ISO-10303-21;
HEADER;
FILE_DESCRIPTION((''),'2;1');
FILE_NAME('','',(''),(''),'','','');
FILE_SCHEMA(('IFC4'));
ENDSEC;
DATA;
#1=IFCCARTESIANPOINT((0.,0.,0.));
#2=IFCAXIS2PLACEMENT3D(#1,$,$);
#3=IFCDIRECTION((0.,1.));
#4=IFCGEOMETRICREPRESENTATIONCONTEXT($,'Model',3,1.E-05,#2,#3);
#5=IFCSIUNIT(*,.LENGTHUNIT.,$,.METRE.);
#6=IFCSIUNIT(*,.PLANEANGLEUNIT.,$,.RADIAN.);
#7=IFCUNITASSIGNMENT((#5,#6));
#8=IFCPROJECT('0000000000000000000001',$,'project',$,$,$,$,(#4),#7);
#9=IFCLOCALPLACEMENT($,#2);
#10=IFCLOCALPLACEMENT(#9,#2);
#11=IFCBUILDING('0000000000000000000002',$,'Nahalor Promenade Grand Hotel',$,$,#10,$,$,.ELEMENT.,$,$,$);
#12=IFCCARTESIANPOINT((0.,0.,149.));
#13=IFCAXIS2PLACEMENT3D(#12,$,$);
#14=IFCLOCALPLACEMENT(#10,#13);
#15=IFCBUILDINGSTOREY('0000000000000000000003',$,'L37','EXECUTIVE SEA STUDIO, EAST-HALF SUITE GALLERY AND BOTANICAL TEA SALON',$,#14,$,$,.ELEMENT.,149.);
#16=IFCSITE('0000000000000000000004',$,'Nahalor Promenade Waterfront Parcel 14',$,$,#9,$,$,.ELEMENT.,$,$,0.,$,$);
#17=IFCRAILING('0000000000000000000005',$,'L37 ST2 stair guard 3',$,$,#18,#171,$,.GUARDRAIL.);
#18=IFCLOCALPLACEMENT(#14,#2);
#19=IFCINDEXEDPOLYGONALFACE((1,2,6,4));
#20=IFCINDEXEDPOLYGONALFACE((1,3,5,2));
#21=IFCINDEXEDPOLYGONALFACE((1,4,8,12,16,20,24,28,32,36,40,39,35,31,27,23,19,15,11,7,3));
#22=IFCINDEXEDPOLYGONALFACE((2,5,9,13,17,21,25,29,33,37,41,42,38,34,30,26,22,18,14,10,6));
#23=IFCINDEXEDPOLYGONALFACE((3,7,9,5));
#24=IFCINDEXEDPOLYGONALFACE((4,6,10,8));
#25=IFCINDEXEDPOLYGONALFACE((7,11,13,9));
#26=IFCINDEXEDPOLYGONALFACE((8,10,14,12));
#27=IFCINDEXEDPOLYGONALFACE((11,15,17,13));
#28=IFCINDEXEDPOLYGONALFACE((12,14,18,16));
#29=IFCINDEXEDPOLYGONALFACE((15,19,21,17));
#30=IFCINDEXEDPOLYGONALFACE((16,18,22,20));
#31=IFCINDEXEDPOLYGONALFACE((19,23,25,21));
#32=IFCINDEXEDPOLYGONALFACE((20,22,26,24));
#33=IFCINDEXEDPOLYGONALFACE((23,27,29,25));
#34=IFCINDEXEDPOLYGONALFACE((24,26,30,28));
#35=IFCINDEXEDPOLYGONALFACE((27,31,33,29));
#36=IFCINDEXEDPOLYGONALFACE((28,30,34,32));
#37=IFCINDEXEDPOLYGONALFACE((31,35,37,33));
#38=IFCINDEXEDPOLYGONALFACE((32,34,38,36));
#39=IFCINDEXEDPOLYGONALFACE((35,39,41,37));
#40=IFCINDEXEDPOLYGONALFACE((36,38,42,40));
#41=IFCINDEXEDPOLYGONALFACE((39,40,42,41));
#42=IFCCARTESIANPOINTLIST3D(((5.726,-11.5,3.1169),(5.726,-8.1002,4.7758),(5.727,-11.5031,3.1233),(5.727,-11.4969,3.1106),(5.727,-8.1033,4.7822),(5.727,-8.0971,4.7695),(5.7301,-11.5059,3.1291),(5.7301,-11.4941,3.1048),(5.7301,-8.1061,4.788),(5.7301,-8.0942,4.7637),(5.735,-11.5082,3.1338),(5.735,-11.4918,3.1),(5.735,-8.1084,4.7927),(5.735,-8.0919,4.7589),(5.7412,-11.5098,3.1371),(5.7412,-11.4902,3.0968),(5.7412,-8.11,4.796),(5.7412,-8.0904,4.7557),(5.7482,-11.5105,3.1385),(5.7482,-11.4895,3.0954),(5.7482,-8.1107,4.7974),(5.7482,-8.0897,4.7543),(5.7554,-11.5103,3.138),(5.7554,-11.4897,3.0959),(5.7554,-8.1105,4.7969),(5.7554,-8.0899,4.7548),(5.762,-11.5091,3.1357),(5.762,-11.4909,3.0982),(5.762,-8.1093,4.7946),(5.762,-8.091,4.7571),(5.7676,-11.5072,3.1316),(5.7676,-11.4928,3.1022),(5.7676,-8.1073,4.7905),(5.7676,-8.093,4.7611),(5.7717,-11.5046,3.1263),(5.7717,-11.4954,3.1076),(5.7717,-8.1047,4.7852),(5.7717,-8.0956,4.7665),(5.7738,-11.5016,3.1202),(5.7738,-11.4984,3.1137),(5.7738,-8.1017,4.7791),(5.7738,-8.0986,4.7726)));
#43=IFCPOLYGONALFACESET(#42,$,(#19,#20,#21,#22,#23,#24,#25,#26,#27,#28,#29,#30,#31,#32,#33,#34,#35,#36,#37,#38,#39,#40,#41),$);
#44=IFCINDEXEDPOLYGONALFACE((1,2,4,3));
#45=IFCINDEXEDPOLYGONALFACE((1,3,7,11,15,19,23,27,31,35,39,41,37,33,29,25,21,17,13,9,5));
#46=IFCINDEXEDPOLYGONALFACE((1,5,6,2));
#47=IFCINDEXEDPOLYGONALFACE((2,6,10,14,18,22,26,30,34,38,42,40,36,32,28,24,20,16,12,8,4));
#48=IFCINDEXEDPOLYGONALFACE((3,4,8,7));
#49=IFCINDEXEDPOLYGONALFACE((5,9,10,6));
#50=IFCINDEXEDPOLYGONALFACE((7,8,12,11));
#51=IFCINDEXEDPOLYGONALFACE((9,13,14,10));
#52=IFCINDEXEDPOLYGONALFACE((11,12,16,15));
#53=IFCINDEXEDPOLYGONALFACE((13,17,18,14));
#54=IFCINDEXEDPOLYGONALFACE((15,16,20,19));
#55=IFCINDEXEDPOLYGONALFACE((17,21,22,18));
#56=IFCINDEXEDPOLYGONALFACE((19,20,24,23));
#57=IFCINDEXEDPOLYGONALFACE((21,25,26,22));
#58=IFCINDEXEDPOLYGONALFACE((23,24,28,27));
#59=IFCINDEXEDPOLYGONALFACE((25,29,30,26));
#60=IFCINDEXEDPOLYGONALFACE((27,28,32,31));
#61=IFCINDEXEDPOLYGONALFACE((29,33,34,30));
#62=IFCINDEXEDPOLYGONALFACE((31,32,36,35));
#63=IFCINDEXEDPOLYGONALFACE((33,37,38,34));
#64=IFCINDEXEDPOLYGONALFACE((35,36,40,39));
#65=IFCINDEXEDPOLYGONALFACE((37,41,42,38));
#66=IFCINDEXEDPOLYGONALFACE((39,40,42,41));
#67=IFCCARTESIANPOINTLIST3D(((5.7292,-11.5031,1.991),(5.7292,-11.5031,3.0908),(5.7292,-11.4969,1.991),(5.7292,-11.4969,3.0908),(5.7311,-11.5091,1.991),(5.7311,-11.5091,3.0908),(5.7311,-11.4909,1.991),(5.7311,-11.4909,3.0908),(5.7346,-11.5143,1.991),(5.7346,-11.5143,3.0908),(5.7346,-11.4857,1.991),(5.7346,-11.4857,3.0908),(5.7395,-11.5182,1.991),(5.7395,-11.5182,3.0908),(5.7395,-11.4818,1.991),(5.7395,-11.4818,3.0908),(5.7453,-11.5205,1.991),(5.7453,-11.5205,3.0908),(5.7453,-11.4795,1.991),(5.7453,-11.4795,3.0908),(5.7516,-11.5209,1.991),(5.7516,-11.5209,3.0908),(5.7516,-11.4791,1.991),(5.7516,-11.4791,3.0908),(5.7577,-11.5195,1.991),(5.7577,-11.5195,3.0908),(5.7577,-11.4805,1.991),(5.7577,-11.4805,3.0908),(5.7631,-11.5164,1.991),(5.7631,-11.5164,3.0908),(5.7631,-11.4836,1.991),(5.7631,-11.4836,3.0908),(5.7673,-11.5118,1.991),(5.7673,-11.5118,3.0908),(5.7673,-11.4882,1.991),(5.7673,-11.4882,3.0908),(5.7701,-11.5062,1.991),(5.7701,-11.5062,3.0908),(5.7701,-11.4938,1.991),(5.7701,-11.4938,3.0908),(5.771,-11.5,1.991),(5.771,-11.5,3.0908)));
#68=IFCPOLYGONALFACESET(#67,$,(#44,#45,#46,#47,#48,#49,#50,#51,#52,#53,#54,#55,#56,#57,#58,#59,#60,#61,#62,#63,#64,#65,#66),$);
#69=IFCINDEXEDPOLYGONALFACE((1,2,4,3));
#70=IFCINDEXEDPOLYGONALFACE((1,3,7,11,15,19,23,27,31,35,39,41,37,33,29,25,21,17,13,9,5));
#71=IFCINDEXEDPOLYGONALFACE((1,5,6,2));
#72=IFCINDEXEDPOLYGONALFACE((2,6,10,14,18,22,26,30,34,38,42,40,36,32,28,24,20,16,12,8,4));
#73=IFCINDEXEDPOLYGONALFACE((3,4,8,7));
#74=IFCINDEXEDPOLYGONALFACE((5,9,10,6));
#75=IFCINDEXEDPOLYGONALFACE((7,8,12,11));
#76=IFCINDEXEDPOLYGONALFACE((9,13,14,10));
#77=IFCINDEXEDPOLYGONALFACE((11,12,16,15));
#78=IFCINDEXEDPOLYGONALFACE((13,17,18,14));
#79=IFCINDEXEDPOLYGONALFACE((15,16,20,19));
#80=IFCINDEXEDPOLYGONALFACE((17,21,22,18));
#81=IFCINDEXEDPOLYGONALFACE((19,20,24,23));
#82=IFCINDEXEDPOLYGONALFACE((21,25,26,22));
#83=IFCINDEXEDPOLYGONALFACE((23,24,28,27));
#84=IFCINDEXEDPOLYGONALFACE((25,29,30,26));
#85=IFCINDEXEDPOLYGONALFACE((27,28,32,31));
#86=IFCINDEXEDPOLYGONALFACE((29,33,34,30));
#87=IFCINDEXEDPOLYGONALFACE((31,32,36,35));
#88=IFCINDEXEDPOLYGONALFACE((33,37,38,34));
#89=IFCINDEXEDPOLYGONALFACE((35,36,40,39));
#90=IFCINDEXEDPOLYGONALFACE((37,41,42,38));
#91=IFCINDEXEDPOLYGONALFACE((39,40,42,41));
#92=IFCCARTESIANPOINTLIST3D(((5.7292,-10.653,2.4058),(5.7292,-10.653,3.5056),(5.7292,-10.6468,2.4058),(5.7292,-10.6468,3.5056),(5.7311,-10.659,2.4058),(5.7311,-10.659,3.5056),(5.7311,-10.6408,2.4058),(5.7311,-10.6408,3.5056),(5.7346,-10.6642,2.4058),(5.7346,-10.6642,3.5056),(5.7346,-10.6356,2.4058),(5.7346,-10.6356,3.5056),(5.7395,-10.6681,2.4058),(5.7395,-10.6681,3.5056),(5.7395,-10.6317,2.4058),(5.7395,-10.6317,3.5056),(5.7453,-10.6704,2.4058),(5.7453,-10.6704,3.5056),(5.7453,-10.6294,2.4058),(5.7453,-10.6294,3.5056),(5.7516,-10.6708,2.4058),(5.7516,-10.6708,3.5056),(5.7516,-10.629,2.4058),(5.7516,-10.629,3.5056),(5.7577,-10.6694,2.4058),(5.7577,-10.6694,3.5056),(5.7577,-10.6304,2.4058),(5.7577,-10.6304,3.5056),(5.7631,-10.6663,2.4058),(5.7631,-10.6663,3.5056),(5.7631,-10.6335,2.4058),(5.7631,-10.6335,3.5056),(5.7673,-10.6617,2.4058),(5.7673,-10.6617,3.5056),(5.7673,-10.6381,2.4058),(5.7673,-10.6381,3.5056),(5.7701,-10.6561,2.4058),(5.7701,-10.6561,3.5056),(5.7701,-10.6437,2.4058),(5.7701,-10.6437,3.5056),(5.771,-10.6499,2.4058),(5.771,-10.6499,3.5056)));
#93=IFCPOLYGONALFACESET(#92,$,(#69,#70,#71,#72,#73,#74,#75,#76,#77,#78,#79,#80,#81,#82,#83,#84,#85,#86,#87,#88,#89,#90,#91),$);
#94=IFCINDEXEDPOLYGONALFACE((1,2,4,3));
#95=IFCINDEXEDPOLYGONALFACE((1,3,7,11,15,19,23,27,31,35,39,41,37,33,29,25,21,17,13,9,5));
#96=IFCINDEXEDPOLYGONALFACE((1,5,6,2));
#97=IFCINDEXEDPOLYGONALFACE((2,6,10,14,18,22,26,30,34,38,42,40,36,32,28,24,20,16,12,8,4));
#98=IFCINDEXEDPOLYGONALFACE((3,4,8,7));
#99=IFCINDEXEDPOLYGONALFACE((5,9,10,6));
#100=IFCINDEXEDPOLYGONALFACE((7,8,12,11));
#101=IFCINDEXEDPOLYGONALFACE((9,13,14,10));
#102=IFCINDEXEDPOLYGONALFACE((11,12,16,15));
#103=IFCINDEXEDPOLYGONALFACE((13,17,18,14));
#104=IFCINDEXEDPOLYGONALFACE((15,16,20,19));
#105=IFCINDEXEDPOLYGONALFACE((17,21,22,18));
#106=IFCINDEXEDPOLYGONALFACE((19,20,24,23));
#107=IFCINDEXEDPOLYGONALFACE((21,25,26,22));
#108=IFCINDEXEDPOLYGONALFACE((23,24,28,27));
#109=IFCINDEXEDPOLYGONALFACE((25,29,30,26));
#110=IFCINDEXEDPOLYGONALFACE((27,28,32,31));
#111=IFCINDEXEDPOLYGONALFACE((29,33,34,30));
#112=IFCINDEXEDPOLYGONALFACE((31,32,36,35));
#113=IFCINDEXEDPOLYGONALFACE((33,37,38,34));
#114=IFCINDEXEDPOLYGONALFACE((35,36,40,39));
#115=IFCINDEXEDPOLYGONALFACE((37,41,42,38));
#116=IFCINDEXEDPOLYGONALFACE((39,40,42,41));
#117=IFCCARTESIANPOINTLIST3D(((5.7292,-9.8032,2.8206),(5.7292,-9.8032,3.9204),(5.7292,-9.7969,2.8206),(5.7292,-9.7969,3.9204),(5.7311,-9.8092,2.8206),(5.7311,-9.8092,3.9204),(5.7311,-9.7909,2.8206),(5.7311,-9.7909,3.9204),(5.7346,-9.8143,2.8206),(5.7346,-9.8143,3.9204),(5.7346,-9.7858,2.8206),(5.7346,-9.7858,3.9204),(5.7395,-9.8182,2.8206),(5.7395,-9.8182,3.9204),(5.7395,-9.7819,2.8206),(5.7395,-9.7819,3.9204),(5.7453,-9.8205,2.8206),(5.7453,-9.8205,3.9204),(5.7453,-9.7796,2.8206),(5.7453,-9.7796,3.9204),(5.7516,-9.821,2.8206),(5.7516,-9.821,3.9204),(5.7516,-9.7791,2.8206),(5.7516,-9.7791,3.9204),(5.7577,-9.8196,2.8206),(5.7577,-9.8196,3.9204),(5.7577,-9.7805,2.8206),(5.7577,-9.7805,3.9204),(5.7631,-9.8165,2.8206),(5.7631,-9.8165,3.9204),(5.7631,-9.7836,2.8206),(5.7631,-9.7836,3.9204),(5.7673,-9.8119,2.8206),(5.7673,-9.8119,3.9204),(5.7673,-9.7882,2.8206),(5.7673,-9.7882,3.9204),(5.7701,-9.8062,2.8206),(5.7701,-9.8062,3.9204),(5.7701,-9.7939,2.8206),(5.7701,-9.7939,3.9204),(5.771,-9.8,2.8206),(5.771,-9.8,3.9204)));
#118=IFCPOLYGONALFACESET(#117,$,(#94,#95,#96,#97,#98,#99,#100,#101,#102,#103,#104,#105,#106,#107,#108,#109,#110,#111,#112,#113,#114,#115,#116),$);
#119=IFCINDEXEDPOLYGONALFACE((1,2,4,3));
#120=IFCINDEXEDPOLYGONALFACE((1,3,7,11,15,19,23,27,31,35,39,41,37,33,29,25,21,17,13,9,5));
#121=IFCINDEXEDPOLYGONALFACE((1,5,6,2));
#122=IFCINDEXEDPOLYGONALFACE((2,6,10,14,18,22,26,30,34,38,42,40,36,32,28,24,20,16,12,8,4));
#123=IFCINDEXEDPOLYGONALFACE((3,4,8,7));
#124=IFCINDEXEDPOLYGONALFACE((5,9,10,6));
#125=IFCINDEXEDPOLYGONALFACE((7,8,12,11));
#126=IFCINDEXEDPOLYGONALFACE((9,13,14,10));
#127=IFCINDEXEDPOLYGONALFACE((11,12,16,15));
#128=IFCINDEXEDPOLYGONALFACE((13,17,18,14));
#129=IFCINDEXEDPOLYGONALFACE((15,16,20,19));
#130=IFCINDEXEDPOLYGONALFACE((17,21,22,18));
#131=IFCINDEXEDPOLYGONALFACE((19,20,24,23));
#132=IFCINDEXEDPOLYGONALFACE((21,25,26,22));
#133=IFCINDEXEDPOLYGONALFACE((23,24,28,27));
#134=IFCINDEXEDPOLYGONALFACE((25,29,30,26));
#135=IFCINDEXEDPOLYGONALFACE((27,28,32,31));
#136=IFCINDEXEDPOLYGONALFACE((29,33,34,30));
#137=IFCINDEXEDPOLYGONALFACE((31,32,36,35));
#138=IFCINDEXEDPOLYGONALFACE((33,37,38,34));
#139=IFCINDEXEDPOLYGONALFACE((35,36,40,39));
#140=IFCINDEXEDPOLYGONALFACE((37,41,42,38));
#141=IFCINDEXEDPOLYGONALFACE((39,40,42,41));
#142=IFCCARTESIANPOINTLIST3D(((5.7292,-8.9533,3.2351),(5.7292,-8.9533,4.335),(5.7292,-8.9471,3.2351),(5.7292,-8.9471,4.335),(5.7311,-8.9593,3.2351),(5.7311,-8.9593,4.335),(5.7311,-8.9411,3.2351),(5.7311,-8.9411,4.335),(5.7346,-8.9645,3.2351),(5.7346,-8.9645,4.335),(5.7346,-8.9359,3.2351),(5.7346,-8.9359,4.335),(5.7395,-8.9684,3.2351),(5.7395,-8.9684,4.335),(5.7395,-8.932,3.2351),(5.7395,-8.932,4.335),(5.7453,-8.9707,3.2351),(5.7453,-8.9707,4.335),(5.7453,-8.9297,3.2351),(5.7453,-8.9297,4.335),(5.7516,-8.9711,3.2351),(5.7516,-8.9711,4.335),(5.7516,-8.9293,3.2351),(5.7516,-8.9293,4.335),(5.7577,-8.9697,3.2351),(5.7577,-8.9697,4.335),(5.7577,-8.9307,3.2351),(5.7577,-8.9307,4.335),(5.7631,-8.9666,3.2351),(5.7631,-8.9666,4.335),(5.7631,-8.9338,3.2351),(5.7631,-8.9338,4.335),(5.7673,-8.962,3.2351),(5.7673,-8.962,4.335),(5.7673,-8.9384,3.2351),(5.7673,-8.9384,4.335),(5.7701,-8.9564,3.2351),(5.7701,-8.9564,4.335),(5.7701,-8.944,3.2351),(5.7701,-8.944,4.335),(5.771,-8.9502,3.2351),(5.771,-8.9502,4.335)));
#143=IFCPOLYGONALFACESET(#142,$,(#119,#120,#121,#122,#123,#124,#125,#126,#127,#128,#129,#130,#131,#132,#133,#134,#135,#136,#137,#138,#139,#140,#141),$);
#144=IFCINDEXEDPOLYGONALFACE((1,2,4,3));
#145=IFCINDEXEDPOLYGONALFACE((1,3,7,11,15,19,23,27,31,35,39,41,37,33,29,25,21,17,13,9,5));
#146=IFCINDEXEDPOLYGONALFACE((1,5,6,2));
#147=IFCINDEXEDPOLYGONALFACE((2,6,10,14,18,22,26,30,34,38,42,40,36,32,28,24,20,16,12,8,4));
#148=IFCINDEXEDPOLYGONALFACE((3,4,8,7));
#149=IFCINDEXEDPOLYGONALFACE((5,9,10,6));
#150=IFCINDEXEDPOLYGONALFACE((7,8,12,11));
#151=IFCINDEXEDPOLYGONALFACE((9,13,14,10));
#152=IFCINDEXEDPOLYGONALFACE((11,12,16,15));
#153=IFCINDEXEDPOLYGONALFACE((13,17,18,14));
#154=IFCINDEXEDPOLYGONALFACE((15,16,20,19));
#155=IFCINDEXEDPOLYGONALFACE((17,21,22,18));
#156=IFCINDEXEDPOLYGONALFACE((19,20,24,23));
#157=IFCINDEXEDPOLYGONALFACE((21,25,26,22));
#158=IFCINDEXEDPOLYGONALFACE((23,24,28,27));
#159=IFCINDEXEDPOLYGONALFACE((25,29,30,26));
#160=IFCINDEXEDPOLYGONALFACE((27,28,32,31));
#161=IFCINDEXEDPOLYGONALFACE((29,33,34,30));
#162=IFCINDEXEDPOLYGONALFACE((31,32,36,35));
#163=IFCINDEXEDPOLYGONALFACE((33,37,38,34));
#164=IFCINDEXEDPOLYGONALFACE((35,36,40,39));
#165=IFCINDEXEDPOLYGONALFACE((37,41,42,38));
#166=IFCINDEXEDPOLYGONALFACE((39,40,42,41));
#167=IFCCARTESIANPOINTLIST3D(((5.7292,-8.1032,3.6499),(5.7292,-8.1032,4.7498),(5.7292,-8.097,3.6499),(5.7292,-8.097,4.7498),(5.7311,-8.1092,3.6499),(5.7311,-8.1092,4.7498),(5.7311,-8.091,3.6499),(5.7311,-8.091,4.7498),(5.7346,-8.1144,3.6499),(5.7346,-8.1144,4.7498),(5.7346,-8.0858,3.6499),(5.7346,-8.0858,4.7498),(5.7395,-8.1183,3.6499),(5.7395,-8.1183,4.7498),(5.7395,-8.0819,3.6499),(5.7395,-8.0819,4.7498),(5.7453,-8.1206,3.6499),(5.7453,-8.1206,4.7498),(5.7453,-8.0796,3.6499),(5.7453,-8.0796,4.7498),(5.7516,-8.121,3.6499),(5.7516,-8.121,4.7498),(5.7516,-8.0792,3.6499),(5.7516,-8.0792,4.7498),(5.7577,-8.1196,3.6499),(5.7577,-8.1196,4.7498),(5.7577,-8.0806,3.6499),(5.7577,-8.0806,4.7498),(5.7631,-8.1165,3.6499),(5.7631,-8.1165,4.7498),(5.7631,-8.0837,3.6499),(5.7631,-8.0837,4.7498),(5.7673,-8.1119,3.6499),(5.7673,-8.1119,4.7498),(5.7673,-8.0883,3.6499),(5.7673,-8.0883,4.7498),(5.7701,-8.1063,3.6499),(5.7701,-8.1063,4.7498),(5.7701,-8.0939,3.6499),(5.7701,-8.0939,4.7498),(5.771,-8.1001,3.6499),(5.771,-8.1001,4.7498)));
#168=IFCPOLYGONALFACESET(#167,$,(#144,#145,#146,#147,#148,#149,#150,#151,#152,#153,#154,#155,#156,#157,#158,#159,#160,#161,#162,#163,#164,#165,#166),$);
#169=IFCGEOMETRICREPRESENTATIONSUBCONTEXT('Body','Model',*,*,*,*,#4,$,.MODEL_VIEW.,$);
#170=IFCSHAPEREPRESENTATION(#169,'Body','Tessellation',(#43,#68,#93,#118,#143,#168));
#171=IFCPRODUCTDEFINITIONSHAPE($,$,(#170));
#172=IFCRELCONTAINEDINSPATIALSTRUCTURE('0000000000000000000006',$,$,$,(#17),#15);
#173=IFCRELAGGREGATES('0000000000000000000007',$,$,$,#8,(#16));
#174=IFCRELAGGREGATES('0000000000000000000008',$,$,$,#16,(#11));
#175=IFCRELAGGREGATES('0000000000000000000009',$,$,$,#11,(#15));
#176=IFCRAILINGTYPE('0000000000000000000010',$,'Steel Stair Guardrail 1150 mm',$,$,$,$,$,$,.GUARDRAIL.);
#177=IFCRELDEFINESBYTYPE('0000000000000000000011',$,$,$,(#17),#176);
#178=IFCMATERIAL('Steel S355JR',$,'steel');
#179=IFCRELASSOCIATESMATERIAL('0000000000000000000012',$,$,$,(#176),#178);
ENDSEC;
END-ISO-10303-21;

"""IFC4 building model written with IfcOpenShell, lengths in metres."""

from ifc_helpers import new_model, si_unit, direction, frame, origin, origin_2d, place, context, subcontext, project, spatial, circle, extrude, material, type_object, element, save


model = new_model("IFC4")

# Units and contexts
model_context = context("Model", 3, precision=1e-05, world=origin(), true_north=direction((0.0, 1.0)))
body_context = subcontext(model_context, "Body", "Model", "MODEL_VIEW")
ifc_project = project(units=[si_unit("LENGTHUNIT", "METRE"), si_unit("PLANEANGLEUNIT", "RADIAN")], contexts=[model_context])

# Site, building, storey
site_placement = place(None, origin())
site = spatial("IfcSite", under=ifc_project, at=site_placement, Name="Nahalor Promenade Waterfront Parcel 14", CompositionType="ELEMENT", RefElevation=0.0)
building_placement = place(site_placement, origin())
building = spatial("IfcBuilding", under=site, at=building_placement, Name="Nahalor Promenade Grand Hotel", CompositionType="ELEMENT")
storey_placement = place(building_placement, frame((0.0, 0.0, 149.0)))
storey = spatial("IfcBuildingStorey", under=building, at=storey_placement, Name="L37", Description="EXECUTIVE SEA STUDIO, EAST-HALF SUITE GALLERY AND BOTANICAL TEA SALON", CompositionType="ELEMENT", Elevation=149.0)

# Shared definitions
ifc_material_1 = material(Name="Steel S355JR", Category="steel")

# Railing
railing_type_1 = type_object("IfcRailingType", Name="Steel Stair Guardrail 1150 mm", PredefinedType="GUARDRAIL", material=ifc_material_1)
railing_1_placement = place(storey_placement, frame((5.75, -11.5, 1.991)))
element("IfcRailing", 1, at=railing_1_placement, inside=storey, type_object=railing_type_1, Name="L37 ST2 stair guard 3", PredefinedType="GUARDRAIL", context=body_context, shape_type="SweptSolid", body=[
    extrude(circle(Radius=0.024, at=origin_2d()), frame((0.0, 0.0, 1.126), z_axis=(0.0, 0.898722, 0.438519), x_axis=(-1.0, 0.0, 0.0)), (0.0, 0.0, 1.0), 3.783),
    extrude(circle(Radius=0.021, at=origin_2d()), origin(), (0.0, 0.0, 1.0), 1.0999),
    extrude(circle(Radius=0.021, at=origin_2d()), frame((0.0, 0.8501, 0.4148)), (0.0, 0.0, 1.0), 1.0999),
    extrude(circle(Radius=0.021, at=origin_2d()), frame((0.0, 1.7, 0.8296)), (0.0, 0.0, 1.0), 1.0999),
    extrude(circle(Radius=0.021, at=origin_2d()), frame((0.0, 2.5498, 1.2441)), (0.0, 0.0, 1.0), 1.0999),
    extrude(circle(Radius=0.021, at=origin_2d()), frame((0.0, 3.3999, 1.6589)), (0.0, 0.0, 1.0), 1.0999),
])

save(model, "model.ifc")
